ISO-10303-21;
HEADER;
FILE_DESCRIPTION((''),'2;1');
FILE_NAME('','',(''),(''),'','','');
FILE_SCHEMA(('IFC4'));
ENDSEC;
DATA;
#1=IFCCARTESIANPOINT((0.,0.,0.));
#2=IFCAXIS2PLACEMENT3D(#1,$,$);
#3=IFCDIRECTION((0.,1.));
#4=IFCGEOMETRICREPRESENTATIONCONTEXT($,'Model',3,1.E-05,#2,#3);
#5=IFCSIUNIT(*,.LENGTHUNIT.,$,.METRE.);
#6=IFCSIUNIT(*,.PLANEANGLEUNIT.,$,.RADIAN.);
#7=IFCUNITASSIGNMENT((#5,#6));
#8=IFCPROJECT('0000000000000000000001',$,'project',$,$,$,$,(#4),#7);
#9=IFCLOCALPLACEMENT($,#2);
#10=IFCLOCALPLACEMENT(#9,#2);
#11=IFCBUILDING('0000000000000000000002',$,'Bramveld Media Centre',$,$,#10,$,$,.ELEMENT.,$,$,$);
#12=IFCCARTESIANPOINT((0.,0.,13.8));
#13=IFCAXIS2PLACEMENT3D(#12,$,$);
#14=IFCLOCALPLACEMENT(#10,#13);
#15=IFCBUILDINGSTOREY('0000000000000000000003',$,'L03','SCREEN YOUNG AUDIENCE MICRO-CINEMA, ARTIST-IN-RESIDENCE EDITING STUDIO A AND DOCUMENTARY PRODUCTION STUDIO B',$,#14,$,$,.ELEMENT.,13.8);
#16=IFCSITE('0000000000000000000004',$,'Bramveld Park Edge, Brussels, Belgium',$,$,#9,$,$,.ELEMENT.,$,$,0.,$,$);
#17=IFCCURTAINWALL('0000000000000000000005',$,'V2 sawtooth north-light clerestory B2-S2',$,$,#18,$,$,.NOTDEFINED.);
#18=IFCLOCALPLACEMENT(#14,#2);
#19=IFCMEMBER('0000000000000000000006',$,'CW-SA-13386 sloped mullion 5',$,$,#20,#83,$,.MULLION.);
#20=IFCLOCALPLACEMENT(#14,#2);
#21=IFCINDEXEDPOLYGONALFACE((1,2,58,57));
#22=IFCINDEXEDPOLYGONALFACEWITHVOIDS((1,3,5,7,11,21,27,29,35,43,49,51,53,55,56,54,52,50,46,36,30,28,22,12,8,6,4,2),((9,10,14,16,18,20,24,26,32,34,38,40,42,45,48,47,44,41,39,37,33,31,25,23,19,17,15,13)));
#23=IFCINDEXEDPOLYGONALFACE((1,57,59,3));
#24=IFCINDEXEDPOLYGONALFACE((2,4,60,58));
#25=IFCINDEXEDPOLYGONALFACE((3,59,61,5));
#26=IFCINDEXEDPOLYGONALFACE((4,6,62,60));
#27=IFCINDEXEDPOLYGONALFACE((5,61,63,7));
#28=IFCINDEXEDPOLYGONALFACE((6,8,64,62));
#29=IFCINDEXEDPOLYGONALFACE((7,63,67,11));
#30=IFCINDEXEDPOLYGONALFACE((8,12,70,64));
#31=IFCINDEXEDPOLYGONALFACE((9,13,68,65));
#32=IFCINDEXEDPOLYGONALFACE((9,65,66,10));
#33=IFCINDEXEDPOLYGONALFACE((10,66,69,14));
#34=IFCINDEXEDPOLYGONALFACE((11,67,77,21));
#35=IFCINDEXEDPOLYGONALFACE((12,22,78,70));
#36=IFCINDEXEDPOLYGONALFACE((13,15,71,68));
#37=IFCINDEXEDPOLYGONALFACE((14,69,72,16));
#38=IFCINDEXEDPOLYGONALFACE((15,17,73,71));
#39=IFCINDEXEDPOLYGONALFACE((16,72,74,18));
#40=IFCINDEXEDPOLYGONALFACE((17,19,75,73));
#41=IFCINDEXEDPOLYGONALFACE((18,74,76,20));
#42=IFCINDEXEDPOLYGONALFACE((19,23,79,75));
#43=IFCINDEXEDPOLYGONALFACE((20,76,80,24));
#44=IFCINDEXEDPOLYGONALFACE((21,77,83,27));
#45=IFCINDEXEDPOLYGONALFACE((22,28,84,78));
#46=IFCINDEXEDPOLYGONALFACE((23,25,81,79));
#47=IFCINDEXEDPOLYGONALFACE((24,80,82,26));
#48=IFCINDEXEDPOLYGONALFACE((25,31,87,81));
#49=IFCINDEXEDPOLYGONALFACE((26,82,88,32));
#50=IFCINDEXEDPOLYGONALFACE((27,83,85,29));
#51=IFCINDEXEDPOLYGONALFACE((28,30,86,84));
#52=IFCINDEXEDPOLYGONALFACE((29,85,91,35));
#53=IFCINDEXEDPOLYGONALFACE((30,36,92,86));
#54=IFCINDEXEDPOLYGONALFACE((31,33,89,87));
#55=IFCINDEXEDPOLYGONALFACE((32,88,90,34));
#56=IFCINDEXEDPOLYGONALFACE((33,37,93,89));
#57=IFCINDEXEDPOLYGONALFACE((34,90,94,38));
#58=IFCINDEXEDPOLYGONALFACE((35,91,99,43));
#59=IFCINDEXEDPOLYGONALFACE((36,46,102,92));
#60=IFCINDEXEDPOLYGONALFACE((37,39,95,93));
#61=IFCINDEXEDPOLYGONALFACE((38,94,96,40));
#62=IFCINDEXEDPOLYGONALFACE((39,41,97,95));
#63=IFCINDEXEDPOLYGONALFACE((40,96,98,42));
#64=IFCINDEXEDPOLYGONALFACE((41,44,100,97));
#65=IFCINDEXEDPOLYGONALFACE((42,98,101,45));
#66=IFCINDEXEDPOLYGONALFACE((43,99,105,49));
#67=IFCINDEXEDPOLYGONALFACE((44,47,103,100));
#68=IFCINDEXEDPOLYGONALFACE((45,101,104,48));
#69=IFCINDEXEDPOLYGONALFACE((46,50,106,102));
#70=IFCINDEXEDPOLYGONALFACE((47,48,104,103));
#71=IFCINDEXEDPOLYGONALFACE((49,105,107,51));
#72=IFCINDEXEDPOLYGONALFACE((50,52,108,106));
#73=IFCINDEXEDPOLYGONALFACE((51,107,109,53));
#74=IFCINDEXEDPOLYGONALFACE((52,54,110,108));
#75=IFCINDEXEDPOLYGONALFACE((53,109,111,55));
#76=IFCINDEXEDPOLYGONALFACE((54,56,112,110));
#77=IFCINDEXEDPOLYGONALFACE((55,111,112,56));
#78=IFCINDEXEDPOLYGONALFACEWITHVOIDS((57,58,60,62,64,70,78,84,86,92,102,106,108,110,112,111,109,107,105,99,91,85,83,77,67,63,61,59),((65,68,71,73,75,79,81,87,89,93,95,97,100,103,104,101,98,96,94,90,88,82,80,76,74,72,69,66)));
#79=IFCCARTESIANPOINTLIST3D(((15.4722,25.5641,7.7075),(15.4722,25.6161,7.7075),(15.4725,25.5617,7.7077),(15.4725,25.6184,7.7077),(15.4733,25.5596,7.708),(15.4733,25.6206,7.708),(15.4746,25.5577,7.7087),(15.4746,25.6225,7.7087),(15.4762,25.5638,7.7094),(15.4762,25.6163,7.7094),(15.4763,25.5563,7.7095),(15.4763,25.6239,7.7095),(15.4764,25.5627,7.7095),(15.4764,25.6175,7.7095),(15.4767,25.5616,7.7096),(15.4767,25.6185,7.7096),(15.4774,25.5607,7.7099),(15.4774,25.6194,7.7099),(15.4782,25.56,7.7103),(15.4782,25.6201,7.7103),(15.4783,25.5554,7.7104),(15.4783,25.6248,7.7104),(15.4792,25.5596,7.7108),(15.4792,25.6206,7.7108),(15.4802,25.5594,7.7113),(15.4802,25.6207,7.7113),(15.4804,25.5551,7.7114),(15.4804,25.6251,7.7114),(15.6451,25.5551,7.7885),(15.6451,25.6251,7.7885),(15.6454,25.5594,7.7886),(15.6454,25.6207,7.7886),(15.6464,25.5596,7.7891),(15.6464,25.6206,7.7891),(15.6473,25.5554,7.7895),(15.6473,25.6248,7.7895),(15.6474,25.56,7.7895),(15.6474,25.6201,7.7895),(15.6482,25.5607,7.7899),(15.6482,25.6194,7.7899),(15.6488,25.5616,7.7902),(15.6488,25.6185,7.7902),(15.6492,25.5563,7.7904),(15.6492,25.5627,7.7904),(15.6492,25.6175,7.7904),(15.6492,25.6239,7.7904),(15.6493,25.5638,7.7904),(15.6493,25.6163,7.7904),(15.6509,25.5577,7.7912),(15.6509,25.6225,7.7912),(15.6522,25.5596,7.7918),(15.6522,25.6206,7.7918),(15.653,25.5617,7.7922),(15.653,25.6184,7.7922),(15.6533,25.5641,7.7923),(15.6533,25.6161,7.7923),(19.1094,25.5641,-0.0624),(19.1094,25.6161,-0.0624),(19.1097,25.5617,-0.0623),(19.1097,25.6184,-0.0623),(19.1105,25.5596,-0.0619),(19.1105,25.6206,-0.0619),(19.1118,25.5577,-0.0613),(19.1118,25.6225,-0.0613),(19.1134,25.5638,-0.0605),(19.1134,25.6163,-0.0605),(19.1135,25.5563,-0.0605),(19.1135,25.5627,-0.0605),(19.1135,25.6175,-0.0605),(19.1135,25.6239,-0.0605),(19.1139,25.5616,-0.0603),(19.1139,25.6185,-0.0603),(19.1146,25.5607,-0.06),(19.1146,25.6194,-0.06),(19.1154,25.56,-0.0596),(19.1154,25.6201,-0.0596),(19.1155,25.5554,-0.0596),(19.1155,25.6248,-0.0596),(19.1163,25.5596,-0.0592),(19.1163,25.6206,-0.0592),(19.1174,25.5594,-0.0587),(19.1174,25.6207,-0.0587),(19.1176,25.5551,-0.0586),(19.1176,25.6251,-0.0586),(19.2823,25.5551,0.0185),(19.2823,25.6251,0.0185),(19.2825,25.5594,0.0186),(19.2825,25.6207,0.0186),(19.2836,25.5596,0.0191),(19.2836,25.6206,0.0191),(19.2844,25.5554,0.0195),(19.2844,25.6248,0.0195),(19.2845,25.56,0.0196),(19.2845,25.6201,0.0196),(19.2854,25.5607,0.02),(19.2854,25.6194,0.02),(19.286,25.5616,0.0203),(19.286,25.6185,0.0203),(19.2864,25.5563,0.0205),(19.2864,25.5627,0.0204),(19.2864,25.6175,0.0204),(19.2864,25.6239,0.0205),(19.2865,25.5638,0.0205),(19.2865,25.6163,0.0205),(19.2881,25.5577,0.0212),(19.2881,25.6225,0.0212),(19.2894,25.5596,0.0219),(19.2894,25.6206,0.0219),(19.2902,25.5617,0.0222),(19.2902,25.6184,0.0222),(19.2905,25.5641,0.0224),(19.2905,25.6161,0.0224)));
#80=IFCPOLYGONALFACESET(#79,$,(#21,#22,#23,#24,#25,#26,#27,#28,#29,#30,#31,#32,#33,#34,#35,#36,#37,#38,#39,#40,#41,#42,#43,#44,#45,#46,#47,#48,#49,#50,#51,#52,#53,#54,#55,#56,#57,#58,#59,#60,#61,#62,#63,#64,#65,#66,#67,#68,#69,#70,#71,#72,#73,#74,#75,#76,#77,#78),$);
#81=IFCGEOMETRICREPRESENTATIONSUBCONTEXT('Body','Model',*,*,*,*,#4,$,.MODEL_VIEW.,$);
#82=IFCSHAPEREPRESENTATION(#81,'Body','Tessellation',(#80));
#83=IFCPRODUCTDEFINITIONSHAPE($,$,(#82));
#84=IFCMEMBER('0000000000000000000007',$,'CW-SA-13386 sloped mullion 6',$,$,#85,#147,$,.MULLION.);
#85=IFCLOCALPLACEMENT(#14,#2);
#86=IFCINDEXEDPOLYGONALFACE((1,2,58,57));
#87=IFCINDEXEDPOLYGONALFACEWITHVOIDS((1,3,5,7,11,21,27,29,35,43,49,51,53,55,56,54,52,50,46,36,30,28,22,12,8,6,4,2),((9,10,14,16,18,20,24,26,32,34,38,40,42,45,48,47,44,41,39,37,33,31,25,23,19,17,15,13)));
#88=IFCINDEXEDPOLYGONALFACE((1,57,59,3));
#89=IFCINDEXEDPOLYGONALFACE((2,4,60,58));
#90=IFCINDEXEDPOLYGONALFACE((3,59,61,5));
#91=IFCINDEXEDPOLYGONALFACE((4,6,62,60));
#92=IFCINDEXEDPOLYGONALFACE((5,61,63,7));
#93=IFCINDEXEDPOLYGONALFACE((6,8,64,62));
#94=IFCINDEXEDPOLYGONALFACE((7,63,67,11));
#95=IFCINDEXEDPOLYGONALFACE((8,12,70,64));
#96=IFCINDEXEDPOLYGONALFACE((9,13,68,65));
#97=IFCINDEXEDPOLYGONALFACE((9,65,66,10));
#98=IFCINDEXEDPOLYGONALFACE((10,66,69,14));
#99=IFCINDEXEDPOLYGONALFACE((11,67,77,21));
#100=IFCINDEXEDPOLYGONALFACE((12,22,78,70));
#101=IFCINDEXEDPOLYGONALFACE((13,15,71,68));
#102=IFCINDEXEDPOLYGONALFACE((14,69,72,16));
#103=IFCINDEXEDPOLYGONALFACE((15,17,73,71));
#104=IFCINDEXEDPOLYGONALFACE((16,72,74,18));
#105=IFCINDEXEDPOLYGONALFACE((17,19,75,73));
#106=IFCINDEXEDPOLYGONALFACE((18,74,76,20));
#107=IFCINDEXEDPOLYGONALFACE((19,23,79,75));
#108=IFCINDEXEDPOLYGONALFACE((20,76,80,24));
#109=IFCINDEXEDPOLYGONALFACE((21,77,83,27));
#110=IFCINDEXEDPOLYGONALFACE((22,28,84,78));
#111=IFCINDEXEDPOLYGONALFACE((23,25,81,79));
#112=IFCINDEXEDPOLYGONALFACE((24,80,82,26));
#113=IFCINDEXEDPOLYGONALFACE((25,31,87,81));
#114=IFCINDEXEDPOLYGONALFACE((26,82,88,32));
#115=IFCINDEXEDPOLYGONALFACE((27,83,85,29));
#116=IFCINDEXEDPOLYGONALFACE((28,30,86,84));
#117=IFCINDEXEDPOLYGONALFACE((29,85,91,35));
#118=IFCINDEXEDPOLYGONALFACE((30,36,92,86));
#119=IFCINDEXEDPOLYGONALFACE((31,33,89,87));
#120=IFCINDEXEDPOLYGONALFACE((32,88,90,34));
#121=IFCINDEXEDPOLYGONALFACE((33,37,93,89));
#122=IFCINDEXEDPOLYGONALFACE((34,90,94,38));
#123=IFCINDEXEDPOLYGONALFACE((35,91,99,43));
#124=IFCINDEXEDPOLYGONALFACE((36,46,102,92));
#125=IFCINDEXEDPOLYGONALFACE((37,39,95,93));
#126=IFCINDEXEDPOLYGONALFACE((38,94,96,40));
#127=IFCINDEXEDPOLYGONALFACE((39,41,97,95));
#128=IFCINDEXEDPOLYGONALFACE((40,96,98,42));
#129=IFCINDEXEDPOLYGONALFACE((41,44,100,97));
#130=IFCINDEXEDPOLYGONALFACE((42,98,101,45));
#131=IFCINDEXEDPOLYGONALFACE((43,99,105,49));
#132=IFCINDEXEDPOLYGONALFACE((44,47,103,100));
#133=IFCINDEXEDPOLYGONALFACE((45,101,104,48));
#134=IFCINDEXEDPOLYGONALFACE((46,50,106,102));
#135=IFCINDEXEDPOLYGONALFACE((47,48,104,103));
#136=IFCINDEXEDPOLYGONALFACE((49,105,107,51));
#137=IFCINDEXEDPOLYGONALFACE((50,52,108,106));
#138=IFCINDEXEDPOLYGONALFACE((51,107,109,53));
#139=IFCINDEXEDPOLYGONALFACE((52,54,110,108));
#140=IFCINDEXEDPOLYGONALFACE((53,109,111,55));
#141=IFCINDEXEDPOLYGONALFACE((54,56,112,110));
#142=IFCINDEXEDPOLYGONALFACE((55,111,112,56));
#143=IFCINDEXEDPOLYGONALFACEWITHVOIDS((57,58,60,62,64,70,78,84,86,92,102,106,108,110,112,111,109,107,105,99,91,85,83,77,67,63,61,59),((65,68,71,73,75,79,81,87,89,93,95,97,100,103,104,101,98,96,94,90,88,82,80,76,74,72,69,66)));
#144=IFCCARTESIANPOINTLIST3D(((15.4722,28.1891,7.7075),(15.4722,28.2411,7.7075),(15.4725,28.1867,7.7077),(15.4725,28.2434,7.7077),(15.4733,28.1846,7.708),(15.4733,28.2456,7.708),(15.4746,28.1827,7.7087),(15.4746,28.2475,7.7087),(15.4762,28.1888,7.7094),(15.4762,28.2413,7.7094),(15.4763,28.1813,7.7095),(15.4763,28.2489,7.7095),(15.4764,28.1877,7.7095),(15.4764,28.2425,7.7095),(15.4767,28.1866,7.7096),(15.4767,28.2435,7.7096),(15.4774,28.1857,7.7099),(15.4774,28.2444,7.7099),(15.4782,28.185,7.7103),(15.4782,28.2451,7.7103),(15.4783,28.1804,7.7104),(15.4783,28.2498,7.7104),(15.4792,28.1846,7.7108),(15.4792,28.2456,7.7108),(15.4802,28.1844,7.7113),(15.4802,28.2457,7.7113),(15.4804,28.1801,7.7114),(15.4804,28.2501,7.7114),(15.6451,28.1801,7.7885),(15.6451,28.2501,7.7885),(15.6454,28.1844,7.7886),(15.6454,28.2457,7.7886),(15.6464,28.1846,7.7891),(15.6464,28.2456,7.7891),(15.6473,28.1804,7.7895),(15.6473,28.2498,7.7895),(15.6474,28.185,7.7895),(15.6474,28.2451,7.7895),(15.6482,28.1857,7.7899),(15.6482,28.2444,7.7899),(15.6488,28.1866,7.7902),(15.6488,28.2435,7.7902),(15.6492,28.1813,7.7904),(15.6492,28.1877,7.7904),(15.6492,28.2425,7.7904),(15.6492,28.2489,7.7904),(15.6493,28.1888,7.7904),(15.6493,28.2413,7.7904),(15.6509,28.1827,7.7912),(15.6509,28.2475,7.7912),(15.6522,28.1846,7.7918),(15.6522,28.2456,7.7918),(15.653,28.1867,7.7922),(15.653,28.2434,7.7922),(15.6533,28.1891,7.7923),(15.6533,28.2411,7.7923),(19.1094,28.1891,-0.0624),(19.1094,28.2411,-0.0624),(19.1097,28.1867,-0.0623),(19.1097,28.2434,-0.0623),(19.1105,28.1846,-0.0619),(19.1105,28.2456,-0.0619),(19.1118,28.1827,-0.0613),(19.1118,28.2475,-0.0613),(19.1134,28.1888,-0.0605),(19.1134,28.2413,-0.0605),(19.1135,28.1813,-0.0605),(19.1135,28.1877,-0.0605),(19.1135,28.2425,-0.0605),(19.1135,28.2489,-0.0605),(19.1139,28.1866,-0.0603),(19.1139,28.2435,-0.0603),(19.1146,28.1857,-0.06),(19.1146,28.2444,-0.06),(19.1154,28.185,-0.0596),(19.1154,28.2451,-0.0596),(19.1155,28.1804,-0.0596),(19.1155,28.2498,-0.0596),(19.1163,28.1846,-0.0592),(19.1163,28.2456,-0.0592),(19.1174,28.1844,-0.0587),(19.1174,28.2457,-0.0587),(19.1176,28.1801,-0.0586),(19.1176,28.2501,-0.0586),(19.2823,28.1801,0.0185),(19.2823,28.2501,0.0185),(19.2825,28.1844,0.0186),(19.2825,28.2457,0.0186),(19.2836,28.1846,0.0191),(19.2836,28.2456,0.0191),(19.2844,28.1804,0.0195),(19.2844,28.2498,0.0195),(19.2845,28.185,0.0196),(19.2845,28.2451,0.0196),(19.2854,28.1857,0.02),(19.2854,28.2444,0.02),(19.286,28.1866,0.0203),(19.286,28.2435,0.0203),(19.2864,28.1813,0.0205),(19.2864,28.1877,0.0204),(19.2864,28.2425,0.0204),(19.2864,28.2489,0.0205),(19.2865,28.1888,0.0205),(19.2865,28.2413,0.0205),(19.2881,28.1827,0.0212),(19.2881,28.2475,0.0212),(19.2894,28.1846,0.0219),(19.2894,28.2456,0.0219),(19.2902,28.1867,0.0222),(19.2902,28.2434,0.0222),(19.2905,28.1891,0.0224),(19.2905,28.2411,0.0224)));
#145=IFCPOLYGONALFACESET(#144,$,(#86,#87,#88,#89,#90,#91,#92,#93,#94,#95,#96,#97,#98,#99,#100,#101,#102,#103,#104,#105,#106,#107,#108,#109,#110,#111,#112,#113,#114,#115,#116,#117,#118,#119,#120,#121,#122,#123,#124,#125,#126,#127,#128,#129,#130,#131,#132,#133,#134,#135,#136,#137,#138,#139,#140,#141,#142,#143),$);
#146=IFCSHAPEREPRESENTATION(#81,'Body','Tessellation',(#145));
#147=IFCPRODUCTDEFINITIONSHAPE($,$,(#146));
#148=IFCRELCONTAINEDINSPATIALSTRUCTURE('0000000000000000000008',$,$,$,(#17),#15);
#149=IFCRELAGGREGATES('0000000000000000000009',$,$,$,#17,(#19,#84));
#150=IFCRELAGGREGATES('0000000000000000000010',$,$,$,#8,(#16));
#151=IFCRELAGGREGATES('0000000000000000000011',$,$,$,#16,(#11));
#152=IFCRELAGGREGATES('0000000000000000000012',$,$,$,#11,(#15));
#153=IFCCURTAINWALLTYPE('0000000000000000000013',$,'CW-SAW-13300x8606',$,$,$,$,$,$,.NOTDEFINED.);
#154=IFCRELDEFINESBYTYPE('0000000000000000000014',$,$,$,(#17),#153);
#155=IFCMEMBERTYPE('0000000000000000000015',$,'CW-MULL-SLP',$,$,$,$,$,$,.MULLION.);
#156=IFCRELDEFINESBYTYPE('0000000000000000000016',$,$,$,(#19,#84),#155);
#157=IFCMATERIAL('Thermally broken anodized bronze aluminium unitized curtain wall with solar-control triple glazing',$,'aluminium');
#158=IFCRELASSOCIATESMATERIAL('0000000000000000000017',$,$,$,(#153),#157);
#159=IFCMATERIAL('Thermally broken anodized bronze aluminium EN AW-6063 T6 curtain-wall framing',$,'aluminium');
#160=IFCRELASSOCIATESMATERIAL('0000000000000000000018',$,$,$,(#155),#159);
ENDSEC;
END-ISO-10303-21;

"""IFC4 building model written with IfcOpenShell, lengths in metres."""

from ifc_helpers import new_model, si_unit, direction, frame, origin, origin_2d, place, context, subcontext, project, spatial, hollow_rectangle, extrude, material, material_profile, profile_set, type_object, element, aggregate, save


model = new_model("IFC4")

# Units and contexts
model_context = context("Model", 3, precision=1e-05, world=origin(), true_north=direction((0.0, 1.0)))
body_context = subcontext(model_context, "Body", "Model", "MODEL_VIEW")
ifc_project = project(units=[si_unit("LENGTHUNIT", "METRE"), si_unit("PLANEANGLEUNIT", "RADIAN")], contexts=[model_context])

# Site, building, storey
site_placement = place(None, origin())
site = spatial("IfcSite", under=ifc_project, at=site_placement, Name="Bramveld Park Edge, Brussels, Belgium", CompositionType="ELEMENT", RefElevation=0.0)
building_placement = place(site_placement, origin())
building = spatial("IfcBuilding", under=site, at=building_placement, Name="Bramveld Media Centre", CompositionType="ELEMENT")
storey_placement = place(building_placement, frame((0.0, 0.0, 13.8)))
storey = spatial("IfcBuildingStorey", under=building, at=storey_placement, Name="L03", Description="SCREEN YOUNG AUDIENCE MICRO-CINEMA, ARTIST-IN-RESIDENCE EDITING STUDIO A AND DOCUMENTARY PRODUCTION STUDIO B", CompositionType="ELEMENT", Elevation=13.8)

# Curtain wall, members
ifc_material_1 = material(Name="Thermally broken anodized bronze aluminium unitized curtain wall with solar-control triple glazing", Category="aluminium")
curtain_wall_type_1 = type_object("IfcCurtainWallType", Name="CW-SAW-13300x8606", PredefinedType="NOTDEFINED", material=ifc_material_1)
curtain_wall_1_placement = place(storey_placement, origin())
curtain_wall_1 = element("IfcCurtainWall", 1, at=curtain_wall_1_placement, inside=storey, type_object=curtain_wall_type_1, Name="V2 sawtooth north-light clerestory B2-S2", PredefinedType="NOTDEFINED")
ifc_material_2 = material(Name="Thermally broken anodized bronze aluminium EN AW-6063 T6 curtain-wall framing", Category="aluminium")
ifc_material_profile_1 = material_profile(ifc_material_2, hollow_rectangle(XDim=0.0701, YDim=0.2, WallThickness=0.0044, InnerFilletRadius=0.0044, OuterFilletRadius=0.009, at=origin_2d()), Name="AL-MULL 70x200")
ifc_profile_set_1 = profile_set([ifc_material_profile_1], Name="Thermally broken anodized bronze aluminium EN AW-6063 T6 curtain-wall framing")
member_type_1 = type_object("IfcMemberType", Name="CW-MULL-SLP", PredefinedType="MULLION", material=ifc_profile_set_1)
member_1_placement = place(storey_placement, frame((19.2, 25.5901, -0.02), z_axis=(-0.423957, 0.0, 0.905682), x_axis=(0.0, -1.0, 0.0)))
member_1 = element("IfcMember", 2, at=member_1_placement, type_object=member_type_1, Name="CW-SA-13386 sloped mullion 5", PredefinedType="MULLION", context=body_context, shape_type="SweptSolid", body=[
    extrude(hollow_rectangle(XDim=0.0701, YDim=0.2, WallThickness=0.0044, InnerFilletRadius=0.0044, OuterFilletRadius=0.009, at=origin_2d()), origin(), (0.0, 0.0, 1.0), 8.5791),
])
member_2_placement = place(storey_placement, frame((19.2, 28.2151, -0.02), z_axis=(-0.423957, 0.0, 0.905682), x_axis=(0.0, -1.0, 0.0)))
member_2 = element("IfcMember", 3, at=member_2_placement, type_object=member_type_1, Name="CW-SA-13386 sloped mullion 6", PredefinedType="MULLION", context=body_context, shape_type="SweptSolid", body=[
    extrude(hollow_rectangle(XDim=0.0701, YDim=0.2, WallThickness=0.0044, InnerFilletRadius=0.0044, OuterFilletRadius=0.009, at=origin_2d()), origin(), (0.0, 0.0, 1.0), 8.5791),
])

aggregate(curtain_wall_1, [member_1, member_2])

save(model, "model.ifc")
